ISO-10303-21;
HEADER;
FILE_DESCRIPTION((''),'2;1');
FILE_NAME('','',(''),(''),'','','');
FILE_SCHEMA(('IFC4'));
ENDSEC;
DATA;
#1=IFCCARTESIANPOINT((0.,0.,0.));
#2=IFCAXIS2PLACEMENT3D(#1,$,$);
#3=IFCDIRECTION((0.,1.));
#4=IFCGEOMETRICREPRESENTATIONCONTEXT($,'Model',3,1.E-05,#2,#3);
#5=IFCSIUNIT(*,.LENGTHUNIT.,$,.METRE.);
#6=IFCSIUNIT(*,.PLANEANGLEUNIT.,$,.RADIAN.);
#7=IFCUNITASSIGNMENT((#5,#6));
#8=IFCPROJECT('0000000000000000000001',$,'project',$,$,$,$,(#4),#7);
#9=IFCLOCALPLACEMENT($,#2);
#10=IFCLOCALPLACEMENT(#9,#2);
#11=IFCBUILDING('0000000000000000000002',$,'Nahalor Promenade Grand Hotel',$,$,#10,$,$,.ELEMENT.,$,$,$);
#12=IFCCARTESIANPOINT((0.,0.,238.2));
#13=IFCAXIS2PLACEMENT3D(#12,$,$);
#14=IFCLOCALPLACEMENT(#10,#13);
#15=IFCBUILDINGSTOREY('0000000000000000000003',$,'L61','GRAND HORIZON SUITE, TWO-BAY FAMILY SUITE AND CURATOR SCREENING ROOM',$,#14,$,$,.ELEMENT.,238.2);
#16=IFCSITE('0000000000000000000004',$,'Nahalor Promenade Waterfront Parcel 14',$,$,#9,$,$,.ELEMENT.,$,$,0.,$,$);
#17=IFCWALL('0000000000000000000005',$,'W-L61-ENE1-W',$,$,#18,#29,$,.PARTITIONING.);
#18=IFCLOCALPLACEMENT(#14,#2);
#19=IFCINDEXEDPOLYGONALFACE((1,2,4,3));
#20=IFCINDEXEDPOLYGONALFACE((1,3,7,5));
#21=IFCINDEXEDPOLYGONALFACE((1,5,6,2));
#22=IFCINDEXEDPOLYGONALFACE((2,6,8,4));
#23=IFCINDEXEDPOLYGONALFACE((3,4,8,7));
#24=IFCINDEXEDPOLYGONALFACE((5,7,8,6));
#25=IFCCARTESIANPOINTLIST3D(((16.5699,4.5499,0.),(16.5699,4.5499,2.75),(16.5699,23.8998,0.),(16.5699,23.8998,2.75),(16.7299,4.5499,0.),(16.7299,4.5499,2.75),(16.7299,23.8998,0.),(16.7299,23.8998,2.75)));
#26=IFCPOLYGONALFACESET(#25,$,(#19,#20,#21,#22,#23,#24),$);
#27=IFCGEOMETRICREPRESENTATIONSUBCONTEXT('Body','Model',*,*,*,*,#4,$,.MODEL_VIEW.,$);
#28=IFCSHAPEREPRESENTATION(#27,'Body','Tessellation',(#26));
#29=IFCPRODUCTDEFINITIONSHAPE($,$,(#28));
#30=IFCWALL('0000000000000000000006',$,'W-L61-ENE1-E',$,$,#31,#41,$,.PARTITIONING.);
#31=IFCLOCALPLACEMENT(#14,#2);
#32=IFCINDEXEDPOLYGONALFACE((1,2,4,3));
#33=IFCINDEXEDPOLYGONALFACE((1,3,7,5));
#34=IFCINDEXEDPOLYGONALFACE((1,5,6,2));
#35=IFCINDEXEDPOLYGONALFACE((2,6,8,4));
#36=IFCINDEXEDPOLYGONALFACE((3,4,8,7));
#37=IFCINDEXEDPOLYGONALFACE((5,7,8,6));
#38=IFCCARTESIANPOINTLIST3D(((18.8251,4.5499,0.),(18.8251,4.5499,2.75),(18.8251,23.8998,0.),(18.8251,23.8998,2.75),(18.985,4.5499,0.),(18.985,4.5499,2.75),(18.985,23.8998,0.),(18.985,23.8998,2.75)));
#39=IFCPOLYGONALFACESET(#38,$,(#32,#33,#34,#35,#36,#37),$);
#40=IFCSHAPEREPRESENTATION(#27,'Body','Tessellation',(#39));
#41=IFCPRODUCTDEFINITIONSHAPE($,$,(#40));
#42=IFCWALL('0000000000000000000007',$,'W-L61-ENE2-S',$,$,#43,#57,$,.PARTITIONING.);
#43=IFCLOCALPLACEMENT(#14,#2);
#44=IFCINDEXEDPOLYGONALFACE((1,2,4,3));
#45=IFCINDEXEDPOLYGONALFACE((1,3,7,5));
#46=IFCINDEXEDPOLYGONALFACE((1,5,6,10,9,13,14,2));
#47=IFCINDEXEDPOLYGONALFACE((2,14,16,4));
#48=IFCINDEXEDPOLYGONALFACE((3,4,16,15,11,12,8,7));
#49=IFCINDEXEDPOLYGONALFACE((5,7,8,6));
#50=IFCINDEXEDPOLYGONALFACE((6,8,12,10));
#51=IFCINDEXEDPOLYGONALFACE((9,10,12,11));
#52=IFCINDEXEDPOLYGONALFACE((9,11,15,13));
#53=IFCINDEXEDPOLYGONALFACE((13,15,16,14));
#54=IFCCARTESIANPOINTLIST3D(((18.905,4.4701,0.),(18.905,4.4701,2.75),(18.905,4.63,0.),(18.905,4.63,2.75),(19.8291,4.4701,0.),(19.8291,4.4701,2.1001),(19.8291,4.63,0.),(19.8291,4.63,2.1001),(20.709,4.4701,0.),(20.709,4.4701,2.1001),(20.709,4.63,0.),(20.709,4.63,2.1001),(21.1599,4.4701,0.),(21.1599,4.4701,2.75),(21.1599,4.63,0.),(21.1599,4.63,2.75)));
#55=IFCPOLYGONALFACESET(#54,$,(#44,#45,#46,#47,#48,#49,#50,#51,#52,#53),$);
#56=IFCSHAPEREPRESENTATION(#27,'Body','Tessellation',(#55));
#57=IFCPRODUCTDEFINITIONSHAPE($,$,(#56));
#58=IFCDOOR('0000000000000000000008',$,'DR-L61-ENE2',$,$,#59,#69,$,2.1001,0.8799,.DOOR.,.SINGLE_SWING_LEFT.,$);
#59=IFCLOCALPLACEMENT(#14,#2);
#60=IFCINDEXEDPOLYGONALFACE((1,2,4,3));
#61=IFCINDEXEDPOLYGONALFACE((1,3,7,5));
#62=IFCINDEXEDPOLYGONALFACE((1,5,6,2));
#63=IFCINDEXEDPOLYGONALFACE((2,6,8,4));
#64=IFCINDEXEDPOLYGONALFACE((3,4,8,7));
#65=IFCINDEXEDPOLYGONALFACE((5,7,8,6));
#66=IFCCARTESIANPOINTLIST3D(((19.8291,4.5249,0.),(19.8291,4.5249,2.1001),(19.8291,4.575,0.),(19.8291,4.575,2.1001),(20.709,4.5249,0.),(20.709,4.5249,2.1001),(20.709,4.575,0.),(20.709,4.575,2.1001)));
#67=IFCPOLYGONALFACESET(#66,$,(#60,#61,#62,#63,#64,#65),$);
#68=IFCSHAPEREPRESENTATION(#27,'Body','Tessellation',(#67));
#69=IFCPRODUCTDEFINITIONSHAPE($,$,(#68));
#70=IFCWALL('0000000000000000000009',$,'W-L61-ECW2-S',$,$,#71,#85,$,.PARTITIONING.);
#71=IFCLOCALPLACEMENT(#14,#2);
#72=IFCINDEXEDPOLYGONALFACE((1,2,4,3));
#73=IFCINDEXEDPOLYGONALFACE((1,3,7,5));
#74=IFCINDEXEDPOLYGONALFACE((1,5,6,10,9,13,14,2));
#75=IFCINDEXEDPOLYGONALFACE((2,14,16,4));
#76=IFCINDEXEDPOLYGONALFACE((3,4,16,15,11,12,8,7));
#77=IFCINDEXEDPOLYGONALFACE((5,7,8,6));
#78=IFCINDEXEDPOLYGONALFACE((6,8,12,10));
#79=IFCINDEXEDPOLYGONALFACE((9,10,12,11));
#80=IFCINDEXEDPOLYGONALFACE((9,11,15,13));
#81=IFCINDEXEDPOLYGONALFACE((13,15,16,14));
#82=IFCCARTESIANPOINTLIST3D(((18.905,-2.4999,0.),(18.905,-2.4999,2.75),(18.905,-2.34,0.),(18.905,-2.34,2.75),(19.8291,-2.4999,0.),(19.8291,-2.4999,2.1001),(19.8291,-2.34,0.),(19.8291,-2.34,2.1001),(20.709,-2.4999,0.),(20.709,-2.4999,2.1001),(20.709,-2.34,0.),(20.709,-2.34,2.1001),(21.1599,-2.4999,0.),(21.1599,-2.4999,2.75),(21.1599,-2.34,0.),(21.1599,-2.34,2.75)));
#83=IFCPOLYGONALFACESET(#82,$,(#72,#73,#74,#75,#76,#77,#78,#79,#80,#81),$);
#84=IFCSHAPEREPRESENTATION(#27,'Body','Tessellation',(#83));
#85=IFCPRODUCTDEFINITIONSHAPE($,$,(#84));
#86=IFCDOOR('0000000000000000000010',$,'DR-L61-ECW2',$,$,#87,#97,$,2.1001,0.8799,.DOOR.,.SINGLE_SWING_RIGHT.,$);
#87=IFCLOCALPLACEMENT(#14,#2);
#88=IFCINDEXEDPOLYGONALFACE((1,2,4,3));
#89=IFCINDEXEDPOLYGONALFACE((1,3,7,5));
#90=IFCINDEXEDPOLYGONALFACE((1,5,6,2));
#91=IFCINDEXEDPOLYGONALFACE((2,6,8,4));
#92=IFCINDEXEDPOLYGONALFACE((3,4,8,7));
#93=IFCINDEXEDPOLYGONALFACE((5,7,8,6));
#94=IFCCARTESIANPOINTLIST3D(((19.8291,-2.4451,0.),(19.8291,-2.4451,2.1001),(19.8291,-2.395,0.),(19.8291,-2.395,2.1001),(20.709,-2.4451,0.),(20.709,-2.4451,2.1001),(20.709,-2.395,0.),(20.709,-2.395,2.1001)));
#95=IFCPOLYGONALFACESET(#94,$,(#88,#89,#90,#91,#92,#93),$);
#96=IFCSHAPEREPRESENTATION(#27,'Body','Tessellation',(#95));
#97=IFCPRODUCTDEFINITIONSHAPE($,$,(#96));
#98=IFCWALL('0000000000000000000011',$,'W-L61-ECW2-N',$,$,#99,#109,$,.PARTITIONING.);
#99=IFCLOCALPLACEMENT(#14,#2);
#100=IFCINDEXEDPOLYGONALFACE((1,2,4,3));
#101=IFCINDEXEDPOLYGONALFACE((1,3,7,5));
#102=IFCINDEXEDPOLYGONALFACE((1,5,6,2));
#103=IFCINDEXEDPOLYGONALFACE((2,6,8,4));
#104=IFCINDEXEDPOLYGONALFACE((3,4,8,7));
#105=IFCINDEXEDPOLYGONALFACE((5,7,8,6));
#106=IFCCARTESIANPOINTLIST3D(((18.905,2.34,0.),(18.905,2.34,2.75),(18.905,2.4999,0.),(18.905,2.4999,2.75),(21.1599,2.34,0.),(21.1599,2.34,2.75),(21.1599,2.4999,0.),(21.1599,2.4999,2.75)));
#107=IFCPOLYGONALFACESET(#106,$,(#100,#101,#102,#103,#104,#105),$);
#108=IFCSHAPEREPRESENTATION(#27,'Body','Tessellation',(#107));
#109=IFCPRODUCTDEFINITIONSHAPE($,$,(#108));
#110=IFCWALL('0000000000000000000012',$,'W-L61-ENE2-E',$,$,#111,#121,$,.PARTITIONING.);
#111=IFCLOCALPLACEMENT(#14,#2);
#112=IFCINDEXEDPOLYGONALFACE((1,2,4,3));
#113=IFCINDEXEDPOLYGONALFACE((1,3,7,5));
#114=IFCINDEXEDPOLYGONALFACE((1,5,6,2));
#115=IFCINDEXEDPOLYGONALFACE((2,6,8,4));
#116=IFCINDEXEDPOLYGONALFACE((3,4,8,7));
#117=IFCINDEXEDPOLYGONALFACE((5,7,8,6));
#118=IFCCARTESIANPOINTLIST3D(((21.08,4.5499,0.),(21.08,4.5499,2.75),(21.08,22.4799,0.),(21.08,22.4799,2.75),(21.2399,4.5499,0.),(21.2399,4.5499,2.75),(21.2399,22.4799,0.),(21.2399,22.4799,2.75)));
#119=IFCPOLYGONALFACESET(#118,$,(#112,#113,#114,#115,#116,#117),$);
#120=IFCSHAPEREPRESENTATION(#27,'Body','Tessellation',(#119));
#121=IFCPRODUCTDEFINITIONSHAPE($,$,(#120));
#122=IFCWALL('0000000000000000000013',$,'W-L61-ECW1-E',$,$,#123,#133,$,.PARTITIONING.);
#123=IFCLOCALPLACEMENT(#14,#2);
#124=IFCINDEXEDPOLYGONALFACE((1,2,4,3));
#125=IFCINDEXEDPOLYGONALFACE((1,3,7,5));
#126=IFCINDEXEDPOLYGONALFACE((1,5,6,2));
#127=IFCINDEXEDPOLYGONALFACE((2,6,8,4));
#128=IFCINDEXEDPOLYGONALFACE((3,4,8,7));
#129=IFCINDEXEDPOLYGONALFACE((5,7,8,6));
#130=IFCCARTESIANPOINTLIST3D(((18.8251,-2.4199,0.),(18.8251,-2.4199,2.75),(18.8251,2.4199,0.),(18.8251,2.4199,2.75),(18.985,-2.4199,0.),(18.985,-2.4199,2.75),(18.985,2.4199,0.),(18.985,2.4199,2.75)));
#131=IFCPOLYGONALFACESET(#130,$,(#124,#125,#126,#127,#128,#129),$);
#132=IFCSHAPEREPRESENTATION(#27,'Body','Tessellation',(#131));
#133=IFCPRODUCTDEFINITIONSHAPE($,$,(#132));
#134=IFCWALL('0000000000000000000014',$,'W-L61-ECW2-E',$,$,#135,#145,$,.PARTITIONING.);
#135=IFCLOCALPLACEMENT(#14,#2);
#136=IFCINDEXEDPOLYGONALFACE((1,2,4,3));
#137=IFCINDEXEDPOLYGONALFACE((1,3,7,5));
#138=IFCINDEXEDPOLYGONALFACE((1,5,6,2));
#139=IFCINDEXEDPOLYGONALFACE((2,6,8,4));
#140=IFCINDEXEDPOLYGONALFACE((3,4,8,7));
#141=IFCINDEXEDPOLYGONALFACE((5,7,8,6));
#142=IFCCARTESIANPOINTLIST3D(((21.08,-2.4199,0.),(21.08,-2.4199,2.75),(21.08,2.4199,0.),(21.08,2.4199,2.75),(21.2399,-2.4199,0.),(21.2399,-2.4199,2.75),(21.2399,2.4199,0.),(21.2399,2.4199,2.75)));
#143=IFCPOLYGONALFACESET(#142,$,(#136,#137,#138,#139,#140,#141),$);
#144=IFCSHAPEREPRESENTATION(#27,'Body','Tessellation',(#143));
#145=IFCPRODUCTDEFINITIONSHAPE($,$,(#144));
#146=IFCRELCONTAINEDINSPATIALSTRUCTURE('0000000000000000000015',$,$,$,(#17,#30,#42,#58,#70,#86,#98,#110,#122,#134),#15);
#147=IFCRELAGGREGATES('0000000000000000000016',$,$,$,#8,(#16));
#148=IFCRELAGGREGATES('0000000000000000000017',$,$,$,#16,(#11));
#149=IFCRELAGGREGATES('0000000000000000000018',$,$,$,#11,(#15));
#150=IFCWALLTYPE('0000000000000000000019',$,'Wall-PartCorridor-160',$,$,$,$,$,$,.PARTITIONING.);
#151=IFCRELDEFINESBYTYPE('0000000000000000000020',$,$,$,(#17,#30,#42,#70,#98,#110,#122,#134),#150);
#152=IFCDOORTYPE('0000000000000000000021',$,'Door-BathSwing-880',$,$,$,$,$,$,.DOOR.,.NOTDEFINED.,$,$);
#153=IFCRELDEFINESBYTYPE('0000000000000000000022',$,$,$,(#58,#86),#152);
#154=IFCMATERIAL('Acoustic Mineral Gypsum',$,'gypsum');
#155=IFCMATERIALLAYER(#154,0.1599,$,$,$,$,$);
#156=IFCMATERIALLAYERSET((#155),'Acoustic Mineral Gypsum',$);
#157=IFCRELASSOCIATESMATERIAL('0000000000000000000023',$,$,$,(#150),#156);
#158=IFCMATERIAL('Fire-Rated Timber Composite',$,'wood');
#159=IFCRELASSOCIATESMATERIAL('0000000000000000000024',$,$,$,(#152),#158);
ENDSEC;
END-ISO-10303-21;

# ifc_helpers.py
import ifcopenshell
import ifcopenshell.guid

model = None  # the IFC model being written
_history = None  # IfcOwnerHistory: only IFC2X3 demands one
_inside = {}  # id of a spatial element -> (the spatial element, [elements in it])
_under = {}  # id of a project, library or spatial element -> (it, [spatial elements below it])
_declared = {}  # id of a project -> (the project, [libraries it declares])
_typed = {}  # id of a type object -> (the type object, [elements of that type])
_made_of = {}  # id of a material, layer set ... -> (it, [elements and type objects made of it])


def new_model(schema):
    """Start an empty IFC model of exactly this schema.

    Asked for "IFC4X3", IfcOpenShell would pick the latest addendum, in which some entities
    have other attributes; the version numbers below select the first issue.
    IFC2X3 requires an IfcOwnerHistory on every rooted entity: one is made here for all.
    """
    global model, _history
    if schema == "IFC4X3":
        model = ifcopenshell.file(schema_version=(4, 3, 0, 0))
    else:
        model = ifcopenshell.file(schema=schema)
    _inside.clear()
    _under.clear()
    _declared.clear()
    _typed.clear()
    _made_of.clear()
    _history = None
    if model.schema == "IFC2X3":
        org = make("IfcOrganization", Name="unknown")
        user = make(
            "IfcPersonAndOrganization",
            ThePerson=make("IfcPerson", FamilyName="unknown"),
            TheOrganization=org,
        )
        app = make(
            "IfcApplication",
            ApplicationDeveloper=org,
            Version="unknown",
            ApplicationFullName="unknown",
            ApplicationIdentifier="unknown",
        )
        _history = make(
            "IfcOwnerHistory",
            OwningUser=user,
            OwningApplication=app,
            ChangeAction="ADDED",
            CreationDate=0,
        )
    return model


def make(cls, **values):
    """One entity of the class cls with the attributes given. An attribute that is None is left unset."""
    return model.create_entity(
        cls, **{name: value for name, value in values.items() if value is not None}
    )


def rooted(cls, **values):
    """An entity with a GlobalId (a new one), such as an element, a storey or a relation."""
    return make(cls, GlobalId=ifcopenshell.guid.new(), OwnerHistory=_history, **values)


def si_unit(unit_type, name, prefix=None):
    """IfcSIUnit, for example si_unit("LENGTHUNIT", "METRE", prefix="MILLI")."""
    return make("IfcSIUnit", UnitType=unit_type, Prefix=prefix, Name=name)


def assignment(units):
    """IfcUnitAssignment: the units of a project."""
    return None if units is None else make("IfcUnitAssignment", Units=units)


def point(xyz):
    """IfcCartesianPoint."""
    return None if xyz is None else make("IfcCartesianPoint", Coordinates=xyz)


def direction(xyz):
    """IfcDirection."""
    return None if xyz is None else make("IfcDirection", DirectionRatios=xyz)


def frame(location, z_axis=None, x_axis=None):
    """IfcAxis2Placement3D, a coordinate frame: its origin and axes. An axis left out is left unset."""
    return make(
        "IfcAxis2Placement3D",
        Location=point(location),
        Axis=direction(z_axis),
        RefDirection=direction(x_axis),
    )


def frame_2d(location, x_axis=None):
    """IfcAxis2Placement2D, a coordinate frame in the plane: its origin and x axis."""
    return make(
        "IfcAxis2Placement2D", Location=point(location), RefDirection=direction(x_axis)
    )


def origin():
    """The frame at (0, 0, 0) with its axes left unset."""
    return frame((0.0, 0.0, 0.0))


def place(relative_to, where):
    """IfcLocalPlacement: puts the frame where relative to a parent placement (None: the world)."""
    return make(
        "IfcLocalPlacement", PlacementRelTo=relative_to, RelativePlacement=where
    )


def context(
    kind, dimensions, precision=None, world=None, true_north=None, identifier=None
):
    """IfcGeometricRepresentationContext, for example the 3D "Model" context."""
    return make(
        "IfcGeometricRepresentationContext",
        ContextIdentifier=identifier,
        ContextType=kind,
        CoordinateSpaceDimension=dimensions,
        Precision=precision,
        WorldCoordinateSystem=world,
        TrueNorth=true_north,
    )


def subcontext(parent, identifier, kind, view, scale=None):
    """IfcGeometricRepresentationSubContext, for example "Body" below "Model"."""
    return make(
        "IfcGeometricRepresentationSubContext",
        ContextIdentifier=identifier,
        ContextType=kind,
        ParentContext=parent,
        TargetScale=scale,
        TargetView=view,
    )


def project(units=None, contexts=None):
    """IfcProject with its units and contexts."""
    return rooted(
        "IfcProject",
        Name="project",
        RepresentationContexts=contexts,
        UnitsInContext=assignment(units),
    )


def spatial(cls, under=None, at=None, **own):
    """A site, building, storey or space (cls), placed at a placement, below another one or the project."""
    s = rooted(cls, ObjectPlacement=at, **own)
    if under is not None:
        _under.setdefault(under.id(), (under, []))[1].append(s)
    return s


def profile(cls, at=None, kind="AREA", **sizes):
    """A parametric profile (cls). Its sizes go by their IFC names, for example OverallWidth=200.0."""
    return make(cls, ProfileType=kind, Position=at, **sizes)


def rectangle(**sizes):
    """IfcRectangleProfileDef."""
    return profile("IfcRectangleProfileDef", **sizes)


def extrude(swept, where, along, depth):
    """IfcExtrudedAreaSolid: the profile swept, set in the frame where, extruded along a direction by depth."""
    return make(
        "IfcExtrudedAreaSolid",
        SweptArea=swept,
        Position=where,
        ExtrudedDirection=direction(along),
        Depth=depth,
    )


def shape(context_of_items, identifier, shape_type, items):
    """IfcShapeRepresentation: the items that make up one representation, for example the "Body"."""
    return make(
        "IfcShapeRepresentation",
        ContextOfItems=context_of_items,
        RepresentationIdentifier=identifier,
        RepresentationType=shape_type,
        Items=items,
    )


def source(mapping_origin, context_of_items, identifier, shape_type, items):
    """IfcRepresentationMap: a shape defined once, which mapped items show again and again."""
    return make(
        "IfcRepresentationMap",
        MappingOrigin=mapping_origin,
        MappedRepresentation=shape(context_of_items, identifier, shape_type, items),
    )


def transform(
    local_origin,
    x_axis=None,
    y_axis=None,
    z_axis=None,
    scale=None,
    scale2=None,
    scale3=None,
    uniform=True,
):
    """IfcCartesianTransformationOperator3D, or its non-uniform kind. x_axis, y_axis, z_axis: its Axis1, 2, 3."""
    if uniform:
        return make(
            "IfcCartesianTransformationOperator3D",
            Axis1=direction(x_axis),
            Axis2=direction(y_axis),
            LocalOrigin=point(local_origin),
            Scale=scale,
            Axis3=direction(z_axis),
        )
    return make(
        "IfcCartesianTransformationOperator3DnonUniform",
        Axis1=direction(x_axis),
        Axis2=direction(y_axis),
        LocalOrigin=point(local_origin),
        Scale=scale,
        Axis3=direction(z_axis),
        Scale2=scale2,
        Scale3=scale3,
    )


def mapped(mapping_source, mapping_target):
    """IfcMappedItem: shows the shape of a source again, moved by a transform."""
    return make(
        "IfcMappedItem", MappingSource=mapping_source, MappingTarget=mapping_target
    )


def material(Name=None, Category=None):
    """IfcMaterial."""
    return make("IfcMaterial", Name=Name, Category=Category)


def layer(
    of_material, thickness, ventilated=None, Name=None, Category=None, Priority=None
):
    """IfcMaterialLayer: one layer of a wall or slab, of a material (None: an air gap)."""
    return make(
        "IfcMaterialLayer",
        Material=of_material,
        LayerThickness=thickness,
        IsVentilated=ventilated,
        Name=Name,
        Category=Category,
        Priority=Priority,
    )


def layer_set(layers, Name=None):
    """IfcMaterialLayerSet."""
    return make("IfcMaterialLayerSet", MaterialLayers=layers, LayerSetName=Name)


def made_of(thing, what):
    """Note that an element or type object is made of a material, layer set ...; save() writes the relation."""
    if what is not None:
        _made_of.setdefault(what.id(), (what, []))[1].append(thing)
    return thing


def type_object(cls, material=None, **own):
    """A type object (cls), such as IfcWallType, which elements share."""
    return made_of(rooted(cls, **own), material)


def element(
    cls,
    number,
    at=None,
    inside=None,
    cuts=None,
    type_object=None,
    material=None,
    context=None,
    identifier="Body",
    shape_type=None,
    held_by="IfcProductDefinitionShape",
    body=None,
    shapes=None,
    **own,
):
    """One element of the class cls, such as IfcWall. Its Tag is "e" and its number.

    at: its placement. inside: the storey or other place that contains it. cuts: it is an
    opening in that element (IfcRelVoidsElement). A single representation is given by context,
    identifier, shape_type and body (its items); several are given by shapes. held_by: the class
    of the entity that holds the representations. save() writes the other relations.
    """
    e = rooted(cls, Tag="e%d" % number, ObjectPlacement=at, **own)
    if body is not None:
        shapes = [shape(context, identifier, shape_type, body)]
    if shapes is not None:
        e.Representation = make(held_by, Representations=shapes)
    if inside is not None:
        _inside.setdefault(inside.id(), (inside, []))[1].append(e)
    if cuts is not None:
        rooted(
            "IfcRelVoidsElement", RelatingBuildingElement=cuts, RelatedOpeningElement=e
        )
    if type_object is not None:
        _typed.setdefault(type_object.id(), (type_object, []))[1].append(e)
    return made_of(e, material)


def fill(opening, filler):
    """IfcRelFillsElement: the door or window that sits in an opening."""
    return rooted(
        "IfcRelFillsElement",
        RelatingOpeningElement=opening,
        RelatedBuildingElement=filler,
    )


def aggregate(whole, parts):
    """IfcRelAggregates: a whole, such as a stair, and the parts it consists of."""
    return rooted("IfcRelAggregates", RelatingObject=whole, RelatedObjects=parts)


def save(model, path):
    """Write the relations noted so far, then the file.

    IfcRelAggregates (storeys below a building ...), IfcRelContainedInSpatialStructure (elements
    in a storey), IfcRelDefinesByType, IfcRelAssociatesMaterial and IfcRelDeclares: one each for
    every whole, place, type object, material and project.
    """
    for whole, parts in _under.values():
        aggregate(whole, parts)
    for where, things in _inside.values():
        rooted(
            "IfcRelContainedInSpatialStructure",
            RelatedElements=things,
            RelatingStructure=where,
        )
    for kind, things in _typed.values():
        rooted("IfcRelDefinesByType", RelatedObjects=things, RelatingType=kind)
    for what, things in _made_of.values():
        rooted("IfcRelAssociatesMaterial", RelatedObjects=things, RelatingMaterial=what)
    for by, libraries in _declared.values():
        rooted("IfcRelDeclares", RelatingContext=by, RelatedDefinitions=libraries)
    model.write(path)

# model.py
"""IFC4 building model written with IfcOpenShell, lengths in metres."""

from ifc_helpers import new_model, si_unit, direction, frame, frame_2d, origin, place, context, subcontext, project, spatial, rectangle, extrude, source, transform, mapped, material, layer, layer_set, type_object, element, fill, save


model = new_model("IFC4")

# Units and contexts
model_context = context("Model", 3, precision=1e-05, world=origin(), true_north=direction((0.0, 1.0)))
body_context = subcontext(model_context, "Body", "Model", "MODEL_VIEW")
ifc_project = project(units=[si_unit("LENGTHUNIT", "METRE"), si_unit("PLANEANGLEUNIT", "RADIAN")], contexts=[model_context])

# Site, building, storey
site_placement = place(None, origin())
site = spatial("IfcSite", under=ifc_project, at=site_placement, Name="Nahalor Promenade Waterfront Parcel 14", CompositionType="ELEMENT", RefElevation=0.0)
building_placement = place(site_placement, origin())
building = spatial("IfcBuilding", under=site, at=building_placement, Name="Nahalor Promenade Grand Hotel", CompositionType="ELEMENT")
storey_placement = place(building_placement, frame((0.0, 0.0, 238.2)))
storey = spatial("IfcBuildingStorey", under=building, at=storey_placement, Name="L61", Description="GRAND HORIZON SUITE, TWO-BAY FAMILY SUITE AND CURATOR SCREENING ROOM", CompositionType="ELEMENT", Elevation=238.2)

# Walls
ifc_material_1 = material(Name="Acoustic Mineral Gypsum", Category="gypsum")
ifc_layer_1 = layer(ifc_material_1, 0.1599)
ifc_layer_set_1 = layer_set([ifc_layer_1], Name="Acoustic Mineral Gypsum")
wall_type_1 = type_object("IfcWallType", Name="Wall-PartCorridor-160", PredefinedType="PARTITIONING", material=ifc_layer_set_1)
shared_shape_1 = source(origin(), body_context, "Body", "SweptSolid", [
    extrude(rectangle(XDim=19.3499, YDim=0.1599, at=frame_2d((9.6748, 0.0))), origin(), (0.0, 0.0, 1.0), 2.75),
])
for number, where, z_axis, x_axis, name in (
    (1, (16.6499, 4.55, 0.0), (0.0, 0.0, 1.0), (0.0, 1.0, 0.0), "W-L61-ENE1-W"),
    (2, (18.905, 4.55, 0.0), (0.0, 0.0, 1.0), (0.0, 1.0, 0.0), "W-L61-ENE1-E"),
):
    element("IfcWall", number, at=place(storey_placement, frame(where, z_axis=z_axis, x_axis=x_axis)), inside=storey, type_object=wall_type_1, Name=name, PredefinedType="PARTITIONING", context=body_context, shape_type="MappedRepresentation", body=[
        mapped(shared_shape_1, transform((0.0, 0.0, 0.0), scale=1.0)),
    ])

# Walls, openings, doors
shared_shape_2 = source(origin(), body_context, "Body", "SweptSolid", [
    extrude(rectangle(XDim=2.2549, YDim=0.1599, at=frame_2d((1.1274, 0.0))), origin(), (0.0, 0.0, 1.0), 2.75),
])
wall_1_placement = place(storey_placement, frame((18.905, 4.55, 0.0), z_axis=(0.0, 0.0, 1.0), x_axis=(1.0, 0.0, 0.0)))
wall_1 = element("IfcWall", 3, at=wall_1_placement, inside=storey, type_object=wall_type_1, Name="W-L61-ENE2-S", PredefinedType="PARTITIONING", context=body_context, shape_type="MappedRepresentation", body=[
    mapped(shared_shape_2, transform((0.0, 0.0, 0.0), scale=1.0)),
])
opening_1_placement = place(wall_1_placement, frame((0.9241, 0.0, 0.0)))
opening_1 = element("IfcOpeningElement", 4, at=opening_1_placement, cuts=wall_1, PredefinedType="OPENING", context=body_context, shape_type="SweptSolid", body=[
    extrude(rectangle(XDim=0.8799, YDim=2.1001, at=frame_2d((0.4399, 1.05))), frame((0.0, 0.0898, 0.0), z_axis=(0.0, -1.0, 0.0), x_axis=(1.0, 0.0, 0.0)), (0.0, 0.0, 1.0), 0.1799),
])
ifc_material_2 = material(Name="Fire-Rated Timber Composite", Category="wood")
door_type_1 = type_object("IfcDoorType", Name="Door-BathSwing-880", OperationType="NOTDEFINED", PredefinedType="DOOR", material=ifc_material_2)
shared_shape_3 = source(origin(), body_context, "Body", "SweptSolid", [
    extrude(rectangle(XDim=0.8799, YDim=2.1001, at=frame_2d((0.4399, 1.05))), frame((0.0, 0.0249, 0.0), z_axis=(0.0, -1.0, 0.0), x_axis=(1.0, 0.0, 0.0)), (0.0, 0.0, 1.0), 0.05),
])
door_1_placement = place(opening_1_placement, origin())
door_1 = element("IfcDoor", 5, at=door_1_placement, inside=storey, type_object=door_type_1, Name="DR-L61-ENE2", OperationType="SINGLE_SWING_LEFT", OverallHeight=2.1001, OverallWidth=0.8799, PredefinedType="DOOR", context=body_context, shape_type="MappedRepresentation", body=[
    mapped(shared_shape_3, transform((0.0, 0.0, 0.0), scale=1.0)),
])
fill(opening_1, door_1)
wall_2_placement = place(storey_placement, frame((18.905, -2.4199, 0.0), z_axis=(0.0, 0.0, 1.0), x_axis=(1.0, 0.0, 0.0)))
wall_2 = element("IfcWall", 6, at=wall_2_placement, inside=storey, type_object=wall_type_1, Name="W-L61-ECW2-S", PredefinedType="PARTITIONING", context=body_context, shape_type="MappedRepresentation", body=[
    mapped(shared_shape_2, transform((0.0, 0.0, 0.0), scale=1.0)),
])
opening_2_placement = place(wall_2_placement, frame((0.9241, 0.0, 0.0)))
opening_2 = element("IfcOpeningElement", 7, at=opening_2_placement, cuts=wall_2, PredefinedType="OPENING", context=body_context, shape_type="SweptSolid", body=[
    extrude(rectangle(XDim=0.8799, YDim=2.1001, at=frame_2d((0.4399, 1.05))), frame((0.0, 0.0898, 0.0), z_axis=(0.0, -1.0, 0.0), x_axis=(1.0, 0.0, 0.0)), (0.0, 0.0, 1.0), 0.1799),
])
door_2_placement = place(opening_2_placement, origin())
door_2 = element("IfcDoor", 8, at=door_2_placement, inside=storey, type_object=door_type_1, Name="DR-L61-ECW2", OperationType="SINGLE_SWING_RIGHT", OverallHeight=2.1001, OverallWidth=0.8799, PredefinedType="DOOR", context=body_context, shape_type="MappedRepresentation", body=[
    mapped(shared_shape_3, transform((0.0, 0.0, 0.0), scale=1.0)),
])
fill(opening_2, door_2)

# Walls
wall_3_placement = place(storey_placement, frame((18.905, 2.4199, 0.0), z_axis=(0.0, 0.0, 1.0), x_axis=(1.0, 0.0, 0.0)))
element("IfcWall", 9, at=wall_3_placement, inside=storey, type_object=wall_type_1, Name="W-L61-ECW2-N", PredefinedType="PARTITIONING", context=body_context, shape_type="MappedRepresentation", body=[
    mapped(shared_shape_2, transform((0.0, 0.0, 0.0), scale=1.0)),
])
shared_shape_4 = source(origin(), body_context, "Body", "SweptSolid", [
    extrude(rectangle(XDim=17.9299, YDim=0.1599, at=frame_2d((8.9648, 0.0))), origin(), (0.0, 0.0, 1.0), 2.75),
])
wall_4_placement = place(storey_placement, frame((21.1599, 4.55, 0.0), z_axis=(0.0, 0.0, 1.0), x_axis=(0.0, 1.0, 0.0)))
element("IfcWall", 10, at=wall_4_placement, inside=storey, type_object=wall_type_1, Name="W-L61-ENE2-E", PredefinedType="PARTITIONING", context=body_context, shape_type="MappedRepresentation", body=[
    mapped(shared_shape_4, transform((0.0, 0.0, 0.0), scale=1.0)),
])
shared_shape_5 = source(origin(), body_context, "Body", "SweptSolid", [
    extrude(rectangle(XDim=4.8398, YDim=0.1599, at=frame_2d((2.4199, 0.0))), origin(), (0.0, 0.0, 1.0), 2.75),
])
for number, where, z_axis, x_axis, name in (
    (11, (18.905, -2.4199, 0.0), (0.0, 0.0, 1.0), (0.0, 1.0, 0.0), "W-L61-ECW1-E"),
    (12, (21.1599, -2.4199, 0.0), (0.0, 0.0, 1.0), (0.0, 1.0, 0.0), "W-L61-ECW2-E"),
):
    element("IfcWall", number, at=place(storey_placement, frame(where, z_axis=z_axis, x_axis=x_axis)), inside=storey, type_object=wall_type_1, Name=name, PredefinedType="PARTITIONING", context=body_context, shape_type="MappedRepresentation", body=[
        mapped(shared_shape_5, transform((0.0, 0.0, 0.0), scale=1.0)),
    ])

save(model, "model.ifc")
